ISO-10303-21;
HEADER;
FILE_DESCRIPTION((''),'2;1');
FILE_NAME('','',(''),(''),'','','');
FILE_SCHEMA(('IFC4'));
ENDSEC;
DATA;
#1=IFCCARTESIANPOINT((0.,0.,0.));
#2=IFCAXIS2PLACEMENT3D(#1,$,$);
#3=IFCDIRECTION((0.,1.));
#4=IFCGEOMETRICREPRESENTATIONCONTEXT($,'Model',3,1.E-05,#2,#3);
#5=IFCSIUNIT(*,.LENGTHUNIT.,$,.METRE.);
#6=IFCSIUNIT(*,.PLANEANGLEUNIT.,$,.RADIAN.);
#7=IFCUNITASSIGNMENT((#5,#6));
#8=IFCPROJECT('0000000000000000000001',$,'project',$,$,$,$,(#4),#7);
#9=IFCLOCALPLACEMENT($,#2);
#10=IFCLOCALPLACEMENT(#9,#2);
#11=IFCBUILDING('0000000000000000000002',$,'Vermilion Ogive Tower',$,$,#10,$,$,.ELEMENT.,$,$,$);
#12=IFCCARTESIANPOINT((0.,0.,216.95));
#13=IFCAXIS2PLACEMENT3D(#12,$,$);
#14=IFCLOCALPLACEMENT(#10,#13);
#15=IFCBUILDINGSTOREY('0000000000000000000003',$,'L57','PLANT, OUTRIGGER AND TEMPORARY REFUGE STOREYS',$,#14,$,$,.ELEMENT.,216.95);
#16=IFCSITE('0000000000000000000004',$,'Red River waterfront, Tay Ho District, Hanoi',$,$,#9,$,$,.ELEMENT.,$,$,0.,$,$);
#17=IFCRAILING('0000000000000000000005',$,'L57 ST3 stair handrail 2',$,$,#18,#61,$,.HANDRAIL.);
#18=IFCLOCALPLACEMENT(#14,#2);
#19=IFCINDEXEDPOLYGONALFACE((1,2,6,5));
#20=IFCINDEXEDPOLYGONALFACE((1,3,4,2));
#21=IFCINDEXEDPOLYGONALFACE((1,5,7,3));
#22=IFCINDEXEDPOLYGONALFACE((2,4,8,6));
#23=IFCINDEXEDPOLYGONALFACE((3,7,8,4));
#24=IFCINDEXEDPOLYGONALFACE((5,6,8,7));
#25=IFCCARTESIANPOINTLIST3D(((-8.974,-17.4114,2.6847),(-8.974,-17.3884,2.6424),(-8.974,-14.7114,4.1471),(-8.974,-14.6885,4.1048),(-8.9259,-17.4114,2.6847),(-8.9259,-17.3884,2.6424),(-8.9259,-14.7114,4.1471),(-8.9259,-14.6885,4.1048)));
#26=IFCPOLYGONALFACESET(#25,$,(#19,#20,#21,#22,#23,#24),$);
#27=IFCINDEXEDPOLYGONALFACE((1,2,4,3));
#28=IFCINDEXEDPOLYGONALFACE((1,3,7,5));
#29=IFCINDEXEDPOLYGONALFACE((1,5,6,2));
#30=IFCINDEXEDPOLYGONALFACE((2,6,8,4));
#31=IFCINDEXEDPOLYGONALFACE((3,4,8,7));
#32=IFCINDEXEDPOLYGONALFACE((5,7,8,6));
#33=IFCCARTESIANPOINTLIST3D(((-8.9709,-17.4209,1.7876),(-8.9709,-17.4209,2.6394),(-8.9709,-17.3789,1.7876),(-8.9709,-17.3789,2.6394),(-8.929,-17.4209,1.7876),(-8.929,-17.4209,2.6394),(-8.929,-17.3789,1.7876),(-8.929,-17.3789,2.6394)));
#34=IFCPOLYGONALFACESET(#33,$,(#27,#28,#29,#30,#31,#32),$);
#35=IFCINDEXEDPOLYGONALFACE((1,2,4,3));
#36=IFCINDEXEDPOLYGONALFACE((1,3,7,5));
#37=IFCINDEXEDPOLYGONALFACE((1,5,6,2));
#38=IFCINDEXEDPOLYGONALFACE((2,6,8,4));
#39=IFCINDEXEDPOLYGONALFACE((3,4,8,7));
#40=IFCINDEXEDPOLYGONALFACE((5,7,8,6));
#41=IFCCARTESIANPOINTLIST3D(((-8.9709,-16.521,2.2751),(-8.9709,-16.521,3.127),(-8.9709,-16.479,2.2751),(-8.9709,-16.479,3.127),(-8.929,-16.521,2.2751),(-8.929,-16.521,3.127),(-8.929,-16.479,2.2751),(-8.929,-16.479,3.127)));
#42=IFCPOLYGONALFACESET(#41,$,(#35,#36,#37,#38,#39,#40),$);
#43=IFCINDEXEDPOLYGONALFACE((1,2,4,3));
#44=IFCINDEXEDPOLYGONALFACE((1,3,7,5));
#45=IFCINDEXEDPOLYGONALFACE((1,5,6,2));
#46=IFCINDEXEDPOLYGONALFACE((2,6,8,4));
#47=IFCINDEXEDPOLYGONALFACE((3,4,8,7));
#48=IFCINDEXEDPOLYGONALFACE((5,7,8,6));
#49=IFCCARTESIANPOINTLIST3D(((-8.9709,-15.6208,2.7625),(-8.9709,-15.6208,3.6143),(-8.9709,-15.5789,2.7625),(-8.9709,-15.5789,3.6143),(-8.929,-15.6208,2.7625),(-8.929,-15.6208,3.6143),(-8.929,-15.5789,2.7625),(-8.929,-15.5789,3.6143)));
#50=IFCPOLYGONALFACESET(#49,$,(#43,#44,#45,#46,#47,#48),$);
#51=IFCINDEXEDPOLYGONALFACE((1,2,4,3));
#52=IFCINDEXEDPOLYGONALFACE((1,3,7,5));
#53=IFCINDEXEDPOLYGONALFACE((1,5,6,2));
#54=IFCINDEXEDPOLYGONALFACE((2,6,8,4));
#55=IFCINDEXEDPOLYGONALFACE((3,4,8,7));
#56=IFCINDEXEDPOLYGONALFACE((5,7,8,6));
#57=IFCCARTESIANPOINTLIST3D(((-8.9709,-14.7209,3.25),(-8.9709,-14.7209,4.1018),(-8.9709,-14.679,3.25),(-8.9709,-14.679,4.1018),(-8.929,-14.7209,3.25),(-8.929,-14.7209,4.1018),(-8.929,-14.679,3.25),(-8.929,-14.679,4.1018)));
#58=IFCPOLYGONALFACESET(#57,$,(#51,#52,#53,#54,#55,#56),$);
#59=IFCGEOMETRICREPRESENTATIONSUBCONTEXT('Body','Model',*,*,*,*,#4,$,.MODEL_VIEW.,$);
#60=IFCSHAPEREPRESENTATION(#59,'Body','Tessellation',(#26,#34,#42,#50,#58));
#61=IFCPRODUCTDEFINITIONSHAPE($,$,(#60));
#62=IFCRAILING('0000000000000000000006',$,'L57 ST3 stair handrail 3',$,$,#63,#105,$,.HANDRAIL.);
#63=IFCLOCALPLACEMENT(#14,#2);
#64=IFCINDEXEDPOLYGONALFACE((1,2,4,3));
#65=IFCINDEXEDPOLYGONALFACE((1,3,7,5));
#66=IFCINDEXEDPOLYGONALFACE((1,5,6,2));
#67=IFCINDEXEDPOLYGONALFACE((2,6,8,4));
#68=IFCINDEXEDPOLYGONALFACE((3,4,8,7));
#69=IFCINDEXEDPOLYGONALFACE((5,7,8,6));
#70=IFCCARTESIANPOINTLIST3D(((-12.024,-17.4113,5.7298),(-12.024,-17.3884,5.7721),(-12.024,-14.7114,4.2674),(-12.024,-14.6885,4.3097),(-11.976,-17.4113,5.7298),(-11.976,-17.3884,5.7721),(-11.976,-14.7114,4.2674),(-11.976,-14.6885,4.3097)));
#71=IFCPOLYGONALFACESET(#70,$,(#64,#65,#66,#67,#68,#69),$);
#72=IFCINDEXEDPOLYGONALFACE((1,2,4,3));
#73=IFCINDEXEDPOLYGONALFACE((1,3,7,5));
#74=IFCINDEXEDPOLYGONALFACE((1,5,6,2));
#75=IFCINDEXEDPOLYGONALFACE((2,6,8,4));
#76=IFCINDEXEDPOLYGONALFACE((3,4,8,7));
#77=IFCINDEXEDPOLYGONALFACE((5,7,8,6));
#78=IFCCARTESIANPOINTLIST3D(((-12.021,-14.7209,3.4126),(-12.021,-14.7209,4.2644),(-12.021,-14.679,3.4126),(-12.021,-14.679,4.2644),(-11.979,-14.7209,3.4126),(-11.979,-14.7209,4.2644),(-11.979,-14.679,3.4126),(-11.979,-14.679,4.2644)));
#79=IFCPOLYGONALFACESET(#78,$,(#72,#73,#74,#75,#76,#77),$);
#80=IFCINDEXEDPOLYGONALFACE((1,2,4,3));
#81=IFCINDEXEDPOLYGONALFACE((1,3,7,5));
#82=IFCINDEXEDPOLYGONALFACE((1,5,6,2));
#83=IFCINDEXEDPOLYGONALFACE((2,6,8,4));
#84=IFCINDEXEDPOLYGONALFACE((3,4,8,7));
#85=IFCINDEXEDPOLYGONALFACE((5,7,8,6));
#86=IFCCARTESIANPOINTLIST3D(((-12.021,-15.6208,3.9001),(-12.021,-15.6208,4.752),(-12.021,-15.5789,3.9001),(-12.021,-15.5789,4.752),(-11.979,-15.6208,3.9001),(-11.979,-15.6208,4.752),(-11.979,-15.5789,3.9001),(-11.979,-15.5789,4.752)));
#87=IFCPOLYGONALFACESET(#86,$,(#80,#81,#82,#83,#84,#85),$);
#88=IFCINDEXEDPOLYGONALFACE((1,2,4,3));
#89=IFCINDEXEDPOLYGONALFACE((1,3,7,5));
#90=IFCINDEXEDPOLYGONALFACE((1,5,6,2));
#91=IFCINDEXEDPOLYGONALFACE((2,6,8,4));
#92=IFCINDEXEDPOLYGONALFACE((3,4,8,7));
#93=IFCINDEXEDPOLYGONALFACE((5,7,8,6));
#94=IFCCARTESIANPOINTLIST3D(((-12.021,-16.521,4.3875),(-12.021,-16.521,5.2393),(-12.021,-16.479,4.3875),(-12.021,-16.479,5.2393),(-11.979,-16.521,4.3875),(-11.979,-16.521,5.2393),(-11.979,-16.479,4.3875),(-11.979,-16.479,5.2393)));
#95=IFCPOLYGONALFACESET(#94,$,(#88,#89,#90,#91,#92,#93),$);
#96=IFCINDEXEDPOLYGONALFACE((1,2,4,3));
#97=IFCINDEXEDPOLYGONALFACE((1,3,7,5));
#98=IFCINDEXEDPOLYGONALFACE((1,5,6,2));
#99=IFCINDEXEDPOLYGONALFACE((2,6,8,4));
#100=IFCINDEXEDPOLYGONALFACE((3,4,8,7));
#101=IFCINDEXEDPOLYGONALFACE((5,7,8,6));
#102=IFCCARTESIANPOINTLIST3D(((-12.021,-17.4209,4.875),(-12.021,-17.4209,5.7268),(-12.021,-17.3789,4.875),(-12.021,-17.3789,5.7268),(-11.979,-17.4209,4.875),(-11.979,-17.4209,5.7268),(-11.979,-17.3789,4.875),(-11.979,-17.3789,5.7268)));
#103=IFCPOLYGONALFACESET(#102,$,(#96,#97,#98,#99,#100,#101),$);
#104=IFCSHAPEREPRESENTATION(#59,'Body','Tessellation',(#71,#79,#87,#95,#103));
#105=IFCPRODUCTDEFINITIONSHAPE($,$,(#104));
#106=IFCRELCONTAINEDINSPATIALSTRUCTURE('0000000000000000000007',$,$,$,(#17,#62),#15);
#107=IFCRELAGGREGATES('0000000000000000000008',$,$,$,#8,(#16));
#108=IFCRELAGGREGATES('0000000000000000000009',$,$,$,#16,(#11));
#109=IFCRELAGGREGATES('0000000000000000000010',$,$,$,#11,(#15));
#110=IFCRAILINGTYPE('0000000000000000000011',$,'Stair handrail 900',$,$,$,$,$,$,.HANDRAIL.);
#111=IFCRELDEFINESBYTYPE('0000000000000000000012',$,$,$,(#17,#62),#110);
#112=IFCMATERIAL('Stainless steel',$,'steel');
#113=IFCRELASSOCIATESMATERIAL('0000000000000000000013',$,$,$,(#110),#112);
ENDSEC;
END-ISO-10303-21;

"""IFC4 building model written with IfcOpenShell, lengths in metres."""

from ifc_helpers import new_model, si_unit, direction, frame, origin, origin_2d, place, context, subcontext, project, spatial, rectangle, extrude, material, type_object, element, save


model = new_model("IFC4")

# Units and contexts
model_context = context("Model", 3, precision=1e-05, world=origin(), true_north=direction((0.0, 1.0)))
body_context = subcontext(model_context, "Body", "Model", "MODEL_VIEW")
ifc_project = project(units=[si_unit("LENGTHUNIT", "METRE"), si_unit("PLANEANGLEUNIT", "RADIAN")], contexts=[model_context])

# Site, building, storey
site_placement = place(None, origin())
site = spatial("IfcSite", under=ifc_project, at=site_placement, Name="Red River waterfront, Tay Ho District, Hanoi", CompositionType="ELEMENT", RefElevation=0.0)
building_placement = place(site_placement, origin())
building = spatial("IfcBuilding", under=site, at=building_placement, Name="Vermilion Ogive Tower", CompositionType="ELEMENT")
storey_placement = place(building_placement, frame((0.0, 0.0, 216.95)))
storey = spatial("IfcBuildingStorey", under=building, at=storey_placement, Name="L57", Description="PLANT, OUTRIGGER AND TEMPORARY REFUGE STOREYS", CompositionType="ELEMENT", Elevation=216.95)

# Railings
ifc_material_1 = material(Name="Stainless steel", Category="steel")
railing_type_1 = type_object("IfcRailingType", Name="Stair handrail 900", PredefinedType="HANDRAIL", material=ifc_material_1)
railing_1_placement = place(storey_placement, frame((-8.95, -17.3999, 1.7876)))
element("IfcRailing", 1, at=railing_1_placement, inside=storey, type_object=railing_type_1, Name="L57 ST3 stair handrail 2", PredefinedType="HANDRAIL", context=body_context, shape_type="SweptSolid", body=[
    extrude(rectangle(XDim=0.0481, YDim=0.0481, at=origin_2d()), frame((0.0, 0.0, 0.876), z_axis=(0.0, 0.879302, 0.476265), x_axis=(-1.0, 0.0, 0.0)), (0.0, 0.0, 1.0), 3.0706),
    extrude(rectangle(XDim=0.042, YDim=0.042, at=origin_2d()), origin(), (0.0, 0.0, 1.0), 0.8518),
    extrude(rectangle(XDim=0.042, YDim=0.042, at=origin_2d()), frame((0.0, 0.8999, 0.4875)), (0.0, 0.0, 1.0), 0.8518),
    extrude(rectangle(XDim=0.042, YDim=0.042, at=origin_2d()), frame((0.0, 1.8, 0.9749)), (0.0, 0.0, 1.0), 0.8518),
    extrude(rectangle(XDim=0.042, YDim=0.042, at=origin_2d()), frame((0.0, 2.7, 1.4624)), (0.0, 0.0, 1.0), 0.8518),
])
railing_2_placement = place(storey_placement, frame((-12.0, -14.7, 3.4126)))
element("IfcRailing", 2, at=railing_2_placement, inside=storey, type_object=railing_type_1, Name="L57 ST3 stair handrail 3", PredefinedType="HANDRAIL", context=body_context, shape_type="SweptSolid", body=[
    extrude(rectangle(XDim=0.0481, YDim=0.0481, at=origin_2d()), frame((0.0, 0.0, 0.876), z_axis=(0.0, -0.879302, 0.476265), x_axis=(1.0, 0.0, 0.0)), (0.0, 0.0, 1.0), 3.0706),
    extrude(rectangle(XDim=0.042, YDim=0.042, at=origin_2d()), origin(), (0.0, 0.0, 1.0), 0.8518),
    extrude(rectangle(XDim=0.042, YDim=0.042, at=origin_2d()), frame((0.0, -0.8999, 0.4875)), (0.0, 0.0, 1.0), 0.8518),
    extrude(rectangle(XDim=0.042, YDim=0.042, at=origin_2d()), frame((0.0, -1.8, 0.9749)), (0.0, 0.0, 1.0), 0.8518),
    extrude(rectangle(XDim=0.042, YDim=0.042, at=origin_2d()), frame((0.0, -2.7, 1.4624)), (0.0, 0.0, 1.0), 0.8518),
])

save(model, "model.ifc")
